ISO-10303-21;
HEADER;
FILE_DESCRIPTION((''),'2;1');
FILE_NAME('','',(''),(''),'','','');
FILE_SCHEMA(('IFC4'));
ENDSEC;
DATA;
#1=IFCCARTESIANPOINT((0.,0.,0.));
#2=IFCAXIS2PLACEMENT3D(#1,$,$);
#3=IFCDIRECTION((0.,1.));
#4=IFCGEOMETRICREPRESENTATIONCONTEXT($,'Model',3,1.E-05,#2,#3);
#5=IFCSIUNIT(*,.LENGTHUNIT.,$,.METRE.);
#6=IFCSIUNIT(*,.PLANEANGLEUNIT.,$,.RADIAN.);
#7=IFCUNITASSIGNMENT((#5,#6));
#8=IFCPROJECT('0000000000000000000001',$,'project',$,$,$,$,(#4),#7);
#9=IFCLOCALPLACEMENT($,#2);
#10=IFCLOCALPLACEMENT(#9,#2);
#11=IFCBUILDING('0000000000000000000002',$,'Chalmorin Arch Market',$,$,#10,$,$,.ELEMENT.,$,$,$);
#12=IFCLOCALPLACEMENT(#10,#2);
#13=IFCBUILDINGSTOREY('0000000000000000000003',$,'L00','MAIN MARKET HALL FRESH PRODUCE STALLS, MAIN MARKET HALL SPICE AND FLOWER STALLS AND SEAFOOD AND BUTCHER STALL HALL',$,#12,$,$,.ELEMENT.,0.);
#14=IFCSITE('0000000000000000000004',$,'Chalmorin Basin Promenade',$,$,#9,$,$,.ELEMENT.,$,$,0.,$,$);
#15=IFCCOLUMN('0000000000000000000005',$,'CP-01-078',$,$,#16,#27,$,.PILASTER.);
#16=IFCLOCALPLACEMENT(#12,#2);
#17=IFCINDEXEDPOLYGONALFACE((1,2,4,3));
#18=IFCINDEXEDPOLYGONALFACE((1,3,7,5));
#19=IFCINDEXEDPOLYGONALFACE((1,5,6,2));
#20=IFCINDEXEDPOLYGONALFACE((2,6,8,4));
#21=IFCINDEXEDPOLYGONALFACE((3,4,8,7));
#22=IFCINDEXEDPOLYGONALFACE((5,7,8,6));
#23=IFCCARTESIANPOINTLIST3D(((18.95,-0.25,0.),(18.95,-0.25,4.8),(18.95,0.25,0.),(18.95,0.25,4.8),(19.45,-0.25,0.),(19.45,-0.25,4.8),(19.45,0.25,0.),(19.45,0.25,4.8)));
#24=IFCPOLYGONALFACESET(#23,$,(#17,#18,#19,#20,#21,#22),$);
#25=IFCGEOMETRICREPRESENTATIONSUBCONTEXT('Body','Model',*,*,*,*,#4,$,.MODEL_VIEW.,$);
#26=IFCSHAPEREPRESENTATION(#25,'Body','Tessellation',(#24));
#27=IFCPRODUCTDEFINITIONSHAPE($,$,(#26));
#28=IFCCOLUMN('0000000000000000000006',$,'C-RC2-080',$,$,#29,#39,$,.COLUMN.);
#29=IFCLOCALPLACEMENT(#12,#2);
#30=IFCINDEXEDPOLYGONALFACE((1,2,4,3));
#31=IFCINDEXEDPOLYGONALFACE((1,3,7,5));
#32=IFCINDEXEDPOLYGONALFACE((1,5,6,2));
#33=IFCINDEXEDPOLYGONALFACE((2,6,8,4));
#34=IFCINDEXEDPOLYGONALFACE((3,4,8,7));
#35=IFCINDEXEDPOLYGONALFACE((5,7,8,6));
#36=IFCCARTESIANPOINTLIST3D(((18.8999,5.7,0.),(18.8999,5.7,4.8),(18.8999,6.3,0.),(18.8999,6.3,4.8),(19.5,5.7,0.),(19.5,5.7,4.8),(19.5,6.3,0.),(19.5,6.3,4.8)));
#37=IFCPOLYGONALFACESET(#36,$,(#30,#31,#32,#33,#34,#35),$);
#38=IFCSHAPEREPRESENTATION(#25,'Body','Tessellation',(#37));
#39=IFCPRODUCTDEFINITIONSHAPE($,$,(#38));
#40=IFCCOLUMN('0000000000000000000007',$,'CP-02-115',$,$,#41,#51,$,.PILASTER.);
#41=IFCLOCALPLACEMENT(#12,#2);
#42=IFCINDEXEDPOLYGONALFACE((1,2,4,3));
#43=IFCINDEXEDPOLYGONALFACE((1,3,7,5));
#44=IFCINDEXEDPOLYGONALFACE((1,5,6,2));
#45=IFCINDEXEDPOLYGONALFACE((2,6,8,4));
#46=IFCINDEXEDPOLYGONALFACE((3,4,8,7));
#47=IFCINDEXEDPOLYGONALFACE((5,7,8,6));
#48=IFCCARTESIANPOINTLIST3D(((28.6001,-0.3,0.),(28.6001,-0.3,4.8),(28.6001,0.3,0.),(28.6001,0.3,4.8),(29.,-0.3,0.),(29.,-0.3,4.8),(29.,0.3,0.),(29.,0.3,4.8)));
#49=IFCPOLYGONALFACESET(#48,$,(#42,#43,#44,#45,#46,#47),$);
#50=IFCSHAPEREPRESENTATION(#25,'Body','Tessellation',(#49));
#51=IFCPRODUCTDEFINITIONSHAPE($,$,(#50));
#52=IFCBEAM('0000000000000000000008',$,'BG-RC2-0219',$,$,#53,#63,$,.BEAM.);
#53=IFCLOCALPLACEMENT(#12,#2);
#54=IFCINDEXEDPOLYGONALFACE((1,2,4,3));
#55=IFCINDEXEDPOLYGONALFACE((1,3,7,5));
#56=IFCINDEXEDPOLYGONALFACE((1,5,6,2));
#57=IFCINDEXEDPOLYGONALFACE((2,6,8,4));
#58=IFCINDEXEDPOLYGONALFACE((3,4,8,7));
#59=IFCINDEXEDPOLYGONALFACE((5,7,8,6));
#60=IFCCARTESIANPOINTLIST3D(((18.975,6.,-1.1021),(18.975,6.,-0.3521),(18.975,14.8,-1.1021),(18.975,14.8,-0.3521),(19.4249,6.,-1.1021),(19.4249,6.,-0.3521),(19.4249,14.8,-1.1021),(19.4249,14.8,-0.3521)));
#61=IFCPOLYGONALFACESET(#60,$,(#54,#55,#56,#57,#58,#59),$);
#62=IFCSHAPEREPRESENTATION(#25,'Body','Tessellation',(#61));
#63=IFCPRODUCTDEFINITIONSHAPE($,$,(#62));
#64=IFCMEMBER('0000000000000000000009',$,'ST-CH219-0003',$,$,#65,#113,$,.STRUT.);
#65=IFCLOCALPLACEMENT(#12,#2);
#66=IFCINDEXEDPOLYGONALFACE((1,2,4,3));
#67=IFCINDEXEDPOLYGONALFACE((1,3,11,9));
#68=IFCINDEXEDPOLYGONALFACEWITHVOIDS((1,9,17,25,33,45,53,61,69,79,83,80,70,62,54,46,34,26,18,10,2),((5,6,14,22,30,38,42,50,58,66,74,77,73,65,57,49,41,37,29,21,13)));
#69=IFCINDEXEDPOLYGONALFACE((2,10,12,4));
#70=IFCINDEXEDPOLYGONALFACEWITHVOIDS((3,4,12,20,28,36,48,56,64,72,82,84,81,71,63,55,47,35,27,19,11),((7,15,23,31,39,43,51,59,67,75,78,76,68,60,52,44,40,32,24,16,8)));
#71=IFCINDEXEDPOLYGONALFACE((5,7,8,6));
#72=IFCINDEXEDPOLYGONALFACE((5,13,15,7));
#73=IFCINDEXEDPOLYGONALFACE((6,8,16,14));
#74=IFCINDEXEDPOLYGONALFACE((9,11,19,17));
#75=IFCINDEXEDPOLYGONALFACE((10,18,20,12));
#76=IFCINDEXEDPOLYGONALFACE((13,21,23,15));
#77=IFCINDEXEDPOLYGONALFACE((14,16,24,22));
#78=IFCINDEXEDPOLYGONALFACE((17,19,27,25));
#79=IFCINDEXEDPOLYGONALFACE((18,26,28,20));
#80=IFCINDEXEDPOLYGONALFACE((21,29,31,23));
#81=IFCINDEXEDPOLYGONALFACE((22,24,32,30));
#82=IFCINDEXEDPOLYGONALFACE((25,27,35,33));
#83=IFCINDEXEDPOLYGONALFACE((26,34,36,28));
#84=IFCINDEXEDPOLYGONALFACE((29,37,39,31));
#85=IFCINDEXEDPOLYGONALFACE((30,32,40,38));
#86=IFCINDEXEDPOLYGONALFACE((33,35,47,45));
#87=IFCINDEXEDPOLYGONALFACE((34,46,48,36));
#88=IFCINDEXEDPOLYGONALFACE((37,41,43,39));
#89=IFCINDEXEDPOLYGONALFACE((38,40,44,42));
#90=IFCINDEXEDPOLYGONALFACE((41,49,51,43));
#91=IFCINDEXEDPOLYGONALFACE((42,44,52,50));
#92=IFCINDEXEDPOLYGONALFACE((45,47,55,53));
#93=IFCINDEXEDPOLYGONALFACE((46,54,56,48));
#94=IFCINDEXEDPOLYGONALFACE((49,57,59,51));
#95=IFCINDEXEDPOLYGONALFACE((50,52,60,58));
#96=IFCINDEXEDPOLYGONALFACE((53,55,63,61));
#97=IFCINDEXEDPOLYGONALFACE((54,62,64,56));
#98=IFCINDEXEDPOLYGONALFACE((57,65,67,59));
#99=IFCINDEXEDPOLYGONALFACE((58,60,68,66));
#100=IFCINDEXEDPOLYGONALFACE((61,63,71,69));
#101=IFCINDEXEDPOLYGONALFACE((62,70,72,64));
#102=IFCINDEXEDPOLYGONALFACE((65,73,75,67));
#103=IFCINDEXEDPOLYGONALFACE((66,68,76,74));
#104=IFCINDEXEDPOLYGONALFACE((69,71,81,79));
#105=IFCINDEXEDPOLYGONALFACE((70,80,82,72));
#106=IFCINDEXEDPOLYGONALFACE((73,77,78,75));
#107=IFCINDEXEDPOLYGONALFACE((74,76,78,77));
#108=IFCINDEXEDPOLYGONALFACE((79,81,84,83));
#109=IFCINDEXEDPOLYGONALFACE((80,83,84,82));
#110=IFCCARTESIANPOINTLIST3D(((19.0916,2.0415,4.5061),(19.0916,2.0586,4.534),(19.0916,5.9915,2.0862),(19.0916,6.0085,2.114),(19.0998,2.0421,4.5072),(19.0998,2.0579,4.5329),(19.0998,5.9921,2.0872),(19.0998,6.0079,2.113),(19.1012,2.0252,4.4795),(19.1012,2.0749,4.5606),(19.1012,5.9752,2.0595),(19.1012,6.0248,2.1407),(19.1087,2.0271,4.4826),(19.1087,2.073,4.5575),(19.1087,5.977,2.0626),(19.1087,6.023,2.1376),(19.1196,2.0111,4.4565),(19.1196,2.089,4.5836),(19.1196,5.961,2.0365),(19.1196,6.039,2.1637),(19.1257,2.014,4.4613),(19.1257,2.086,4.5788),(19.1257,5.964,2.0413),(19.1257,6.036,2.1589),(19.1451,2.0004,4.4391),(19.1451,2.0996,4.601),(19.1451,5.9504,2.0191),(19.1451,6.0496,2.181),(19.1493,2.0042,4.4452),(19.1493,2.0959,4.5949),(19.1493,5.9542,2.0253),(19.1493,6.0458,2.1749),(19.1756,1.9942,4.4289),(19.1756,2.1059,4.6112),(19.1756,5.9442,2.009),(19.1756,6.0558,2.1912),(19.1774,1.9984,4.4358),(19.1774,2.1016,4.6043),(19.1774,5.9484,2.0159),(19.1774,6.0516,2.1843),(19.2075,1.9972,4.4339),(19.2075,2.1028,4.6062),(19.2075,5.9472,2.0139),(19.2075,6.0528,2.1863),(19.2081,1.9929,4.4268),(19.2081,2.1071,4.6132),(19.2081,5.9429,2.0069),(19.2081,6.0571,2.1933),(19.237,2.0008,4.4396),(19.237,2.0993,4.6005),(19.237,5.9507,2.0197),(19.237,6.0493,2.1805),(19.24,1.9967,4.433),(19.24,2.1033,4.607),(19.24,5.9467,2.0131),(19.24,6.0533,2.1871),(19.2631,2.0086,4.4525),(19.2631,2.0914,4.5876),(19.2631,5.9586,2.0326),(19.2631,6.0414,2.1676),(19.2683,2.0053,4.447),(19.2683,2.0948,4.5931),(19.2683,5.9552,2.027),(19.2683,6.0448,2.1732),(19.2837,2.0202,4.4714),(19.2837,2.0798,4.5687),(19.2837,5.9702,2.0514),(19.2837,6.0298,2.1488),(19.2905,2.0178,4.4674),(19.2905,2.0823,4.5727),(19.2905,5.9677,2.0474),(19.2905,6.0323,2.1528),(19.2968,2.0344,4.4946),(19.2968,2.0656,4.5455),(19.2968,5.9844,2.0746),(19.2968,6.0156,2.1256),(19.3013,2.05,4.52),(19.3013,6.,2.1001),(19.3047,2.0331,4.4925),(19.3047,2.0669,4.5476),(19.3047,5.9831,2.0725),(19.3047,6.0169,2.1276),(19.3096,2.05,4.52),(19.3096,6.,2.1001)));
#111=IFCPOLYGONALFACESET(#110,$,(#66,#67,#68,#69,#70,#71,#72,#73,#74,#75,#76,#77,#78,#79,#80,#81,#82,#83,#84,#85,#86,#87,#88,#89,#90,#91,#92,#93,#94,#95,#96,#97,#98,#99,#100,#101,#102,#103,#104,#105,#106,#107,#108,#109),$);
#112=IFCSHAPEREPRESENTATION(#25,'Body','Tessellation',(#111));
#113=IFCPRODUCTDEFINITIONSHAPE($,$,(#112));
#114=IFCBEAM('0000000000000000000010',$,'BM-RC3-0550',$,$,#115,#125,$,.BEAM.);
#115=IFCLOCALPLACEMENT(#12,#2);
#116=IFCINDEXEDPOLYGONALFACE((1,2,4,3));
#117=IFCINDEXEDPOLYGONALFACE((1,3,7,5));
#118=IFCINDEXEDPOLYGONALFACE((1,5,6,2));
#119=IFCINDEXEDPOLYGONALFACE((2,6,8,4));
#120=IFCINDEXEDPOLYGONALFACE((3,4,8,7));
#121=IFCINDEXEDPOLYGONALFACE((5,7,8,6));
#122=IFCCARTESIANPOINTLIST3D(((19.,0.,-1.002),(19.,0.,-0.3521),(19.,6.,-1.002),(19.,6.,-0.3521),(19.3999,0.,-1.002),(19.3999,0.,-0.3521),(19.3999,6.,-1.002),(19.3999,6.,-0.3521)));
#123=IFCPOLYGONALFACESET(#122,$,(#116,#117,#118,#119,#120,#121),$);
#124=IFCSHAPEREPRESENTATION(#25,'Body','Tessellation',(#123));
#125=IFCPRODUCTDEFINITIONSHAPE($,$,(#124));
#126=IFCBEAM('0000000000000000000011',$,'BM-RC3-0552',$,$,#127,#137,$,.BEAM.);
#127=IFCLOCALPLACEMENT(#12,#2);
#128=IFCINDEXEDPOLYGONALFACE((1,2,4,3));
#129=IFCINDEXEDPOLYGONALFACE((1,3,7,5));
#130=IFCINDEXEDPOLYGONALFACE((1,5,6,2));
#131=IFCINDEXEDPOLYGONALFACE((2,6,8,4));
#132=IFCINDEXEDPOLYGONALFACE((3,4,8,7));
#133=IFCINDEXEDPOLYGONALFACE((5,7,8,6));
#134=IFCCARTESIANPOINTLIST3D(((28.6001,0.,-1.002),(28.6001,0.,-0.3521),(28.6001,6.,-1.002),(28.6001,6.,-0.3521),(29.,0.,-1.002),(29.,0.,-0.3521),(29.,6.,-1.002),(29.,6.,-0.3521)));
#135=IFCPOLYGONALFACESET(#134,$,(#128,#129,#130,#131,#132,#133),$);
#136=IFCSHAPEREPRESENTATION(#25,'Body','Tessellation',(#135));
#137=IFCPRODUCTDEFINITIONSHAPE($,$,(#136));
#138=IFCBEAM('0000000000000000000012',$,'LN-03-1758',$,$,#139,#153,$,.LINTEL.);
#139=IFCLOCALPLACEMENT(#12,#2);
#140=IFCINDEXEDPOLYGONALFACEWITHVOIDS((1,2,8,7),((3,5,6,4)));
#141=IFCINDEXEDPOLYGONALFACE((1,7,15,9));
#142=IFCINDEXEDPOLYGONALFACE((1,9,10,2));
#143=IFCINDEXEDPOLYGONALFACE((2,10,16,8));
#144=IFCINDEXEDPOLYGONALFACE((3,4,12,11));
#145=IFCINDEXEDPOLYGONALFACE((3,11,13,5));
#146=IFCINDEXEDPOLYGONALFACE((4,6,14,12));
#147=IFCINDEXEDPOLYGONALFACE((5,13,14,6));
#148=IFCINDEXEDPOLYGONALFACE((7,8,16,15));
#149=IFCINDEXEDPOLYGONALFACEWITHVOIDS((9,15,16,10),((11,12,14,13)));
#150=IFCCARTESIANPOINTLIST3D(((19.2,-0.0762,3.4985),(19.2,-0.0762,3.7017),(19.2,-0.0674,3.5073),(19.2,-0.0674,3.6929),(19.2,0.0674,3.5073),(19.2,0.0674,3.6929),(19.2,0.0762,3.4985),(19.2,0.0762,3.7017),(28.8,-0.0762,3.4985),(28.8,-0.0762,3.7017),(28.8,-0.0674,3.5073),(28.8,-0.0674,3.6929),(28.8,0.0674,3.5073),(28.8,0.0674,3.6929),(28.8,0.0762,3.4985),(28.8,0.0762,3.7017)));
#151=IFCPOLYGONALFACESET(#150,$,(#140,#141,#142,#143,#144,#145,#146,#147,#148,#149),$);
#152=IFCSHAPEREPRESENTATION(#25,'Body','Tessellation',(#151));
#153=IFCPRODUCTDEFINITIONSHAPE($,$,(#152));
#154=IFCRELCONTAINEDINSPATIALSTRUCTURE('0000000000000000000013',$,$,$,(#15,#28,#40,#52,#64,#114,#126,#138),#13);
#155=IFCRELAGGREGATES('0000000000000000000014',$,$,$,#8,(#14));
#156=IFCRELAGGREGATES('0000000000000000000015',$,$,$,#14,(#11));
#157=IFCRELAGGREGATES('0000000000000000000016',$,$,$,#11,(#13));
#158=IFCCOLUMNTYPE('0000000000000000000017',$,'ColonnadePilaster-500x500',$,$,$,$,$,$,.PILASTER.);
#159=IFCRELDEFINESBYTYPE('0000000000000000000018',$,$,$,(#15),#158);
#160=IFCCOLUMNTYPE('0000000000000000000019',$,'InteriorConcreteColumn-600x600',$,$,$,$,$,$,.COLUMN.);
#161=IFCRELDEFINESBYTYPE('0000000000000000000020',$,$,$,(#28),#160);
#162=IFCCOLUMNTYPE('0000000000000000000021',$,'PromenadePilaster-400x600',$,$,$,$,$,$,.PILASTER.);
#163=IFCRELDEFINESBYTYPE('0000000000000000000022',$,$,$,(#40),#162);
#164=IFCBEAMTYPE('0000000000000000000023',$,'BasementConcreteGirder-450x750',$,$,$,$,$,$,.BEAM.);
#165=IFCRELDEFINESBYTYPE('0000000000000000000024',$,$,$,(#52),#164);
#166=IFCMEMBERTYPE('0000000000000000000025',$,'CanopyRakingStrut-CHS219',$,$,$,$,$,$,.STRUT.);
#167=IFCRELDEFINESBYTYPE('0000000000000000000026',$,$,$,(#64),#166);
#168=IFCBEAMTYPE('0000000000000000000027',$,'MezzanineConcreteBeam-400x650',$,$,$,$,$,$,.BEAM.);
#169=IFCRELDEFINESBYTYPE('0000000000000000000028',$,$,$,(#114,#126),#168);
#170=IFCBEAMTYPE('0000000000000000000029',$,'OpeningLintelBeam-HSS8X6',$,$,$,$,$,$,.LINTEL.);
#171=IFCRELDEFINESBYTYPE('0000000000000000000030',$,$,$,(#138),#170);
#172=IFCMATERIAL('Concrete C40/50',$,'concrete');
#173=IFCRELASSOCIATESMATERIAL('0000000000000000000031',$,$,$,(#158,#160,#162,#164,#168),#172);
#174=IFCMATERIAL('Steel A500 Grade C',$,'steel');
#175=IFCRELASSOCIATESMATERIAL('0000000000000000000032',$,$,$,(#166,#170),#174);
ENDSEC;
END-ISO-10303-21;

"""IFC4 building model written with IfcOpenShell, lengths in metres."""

from ifc_helpers import new_model, si_unit, direction, frame, origin, origin_2d, place, context, subcontext, project, spatial, rectangle, hollow_rectangle, hollow_circle, extrude, material, material_profile, profile_set, type_object, element, save


model = new_model("IFC4")

# Units and contexts
model_context = context("Model", 3, precision=1e-05, world=origin(), true_north=direction((0.0, 1.0)))
body_context = subcontext(model_context, "Body", "Model", "MODEL_VIEW")
ifc_project = project(units=[si_unit("LENGTHUNIT", "METRE"), si_unit("PLANEANGLEUNIT", "RADIAN")], contexts=[model_context])

# Site, building, storey
site_placement = place(None, origin())
site = spatial("IfcSite", under=ifc_project, at=site_placement, Name="Chalmorin Basin Promenade", CompositionType="ELEMENT", RefElevation=0.0)
building_placement = place(site_placement, origin())
building = spatial("IfcBuilding", under=site, at=building_placement, Name="Chalmorin Arch Market", CompositionType="ELEMENT")
storey_placement = place(building_placement, origin())
storey = spatial("IfcBuildingStorey", under=building, at=storey_placement, Name="L00", Description="MAIN MARKET HALL FRESH PRODUCE STALLS, MAIN MARKET HALL SPICE AND FLOWER STALLS AND SEAFOOD AND BUTCHER STALL HALL", CompositionType="ELEMENT", Elevation=0.0)

# Columns
ifc_material_1 = material(Name="Concrete C40/50", Category="concrete")
ifc_material_profile_1 = material_profile(ifc_material_1, rectangle(XDim=0.5, YDim=0.5, at=origin_2d()), Name="RC500X500")
ifc_profile_set_1 = profile_set([ifc_material_profile_1], Name="Concrete C40/50")
column_type_1 = type_object("IfcColumnType", Name="ColonnadePilaster-500x500", PredefinedType="PILASTER", material=ifc_profile_set_1)
column_1_placement = place(storey_placement, frame((19.2, 0.0, 0.0), z_axis=(0.0, 0.0, 1.0), x_axis=(1.0, 0.0, 0.0)))
element("IfcColumn", 1, at=column_1_placement, inside=storey, type_object=column_type_1, Name="CP-01-078", PredefinedType="PILASTER", context=body_context, shape_type="SweptSolid", body=[
    extrude(rectangle(XDim=0.5, YDim=0.5, at=origin_2d()), origin(), (0.0, 0.0, 1.0), 4.8),
])
ifc_material_profile_2 = material_profile(ifc_material_1, rectangle(XDim=0.6001, YDim=0.6001, at=origin_2d()), Name="RC600X600")
ifc_profile_set_2 = profile_set([ifc_material_profile_2], Name="Concrete C40/50")
column_type_2 = type_object("IfcColumnType", Name="InteriorConcreteColumn-600x600", PredefinedType="COLUMN", material=ifc_profile_set_2)
column_2_placement = place(storey_placement, frame((19.2, 6.0, 0.0), z_axis=(0.0, 0.0, 1.0), x_axis=(1.0, 0.0, 0.0)))
element("IfcColumn", 2, at=column_2_placement, inside=storey, type_object=column_type_2, Name="C-RC2-080", PredefinedType="COLUMN", context=body_context, shape_type="SweptSolid", body=[
    extrude(rectangle(XDim=0.6001, YDim=0.6001, at=origin_2d()), origin(), (0.0, 0.0, 1.0), 4.8),
])
ifc_material_profile_3 = material_profile(ifc_material_1, rectangle(XDim=0.3999, YDim=0.6001, at=origin_2d()), Name="RC400X600")
ifc_profile_set_3 = profile_set([ifc_material_profile_3], Name="Concrete C40/50")
column_type_3 = type_object("IfcColumnType", Name="PromenadePilaster-400x600", PredefinedType="PILASTER", material=ifc_profile_set_3)
column_3_placement = place(storey_placement, frame((28.8, 0.0, 0.0), z_axis=(0.0, 0.0, 1.0), x_axis=(1.0, 0.0, 0.0)))
element("IfcColumn", 3, at=column_3_placement, inside=storey, type_object=column_type_3, Name="CP-02-115", PredefinedType="PILASTER", context=body_context, shape_type="SweptSolid", body=[
    extrude(rectangle(XDim=0.3999, YDim=0.6001, at=origin_2d()), origin(), (0.0, 0.0, 1.0), 4.8),
])

# Beam
ifc_material_profile_4 = material_profile(ifc_material_1, rectangle(XDim=0.45, YDim=0.75, at=origin_2d()), Name="RC450X750")
ifc_profile_set_4 = profile_set([ifc_material_profile_4], Name="Concrete C40/50")
beam_type_1 = type_object("IfcBeamType", Name="BasementConcreteGirder-450x750", PredefinedType="BEAM", material=ifc_profile_set_4)
beam_1_placement = place(storey_placement, frame((19.2, 6.0, -0.7271), z_axis=(0.0, 1.0, 0.0), x_axis=(-1.0, 0.0, 0.0)))
element("IfcBeam", 4, at=beam_1_placement, inside=storey, type_object=beam_type_1, Name="BG-RC2-0219", PredefinedType="BEAM", context=body_context, shape_type="SweptSolid", body=[
    extrude(rectangle(XDim=0.45, YDim=0.75, at=origin_2d()), origin(), (0.0, 0.0, 1.0), 8.8),
])

# Member
ifc_material_2 = material(Name="Steel A500 Grade C", Category="steel")
ifc_material_profile_5 = material_profile(ifc_material_2, hollow_circle(Radius=0.1096, WallThickness=0.0083, at=origin_2d()), Name="CHS219X8")
ifc_profile_set_5 = profile_set([ifc_material_profile_5], Name="Steel A500 Grade C")
member_type = type_object("IfcMemberType", Name="CanopyRakingStrut-CHS219", PredefinedType="STRUT", material=ifc_profile_set_5)
member_placement = place(storey_placement, frame((19.2, 6.0, 2.1001), z_axis=(0.0, -0.852699, 0.522403), x_axis=(1.0, 0.0, 0.0)))
element("IfcMember", 5, at=member_placement, inside=storey, type_object=member_type, Name="ST-CH219-0003", PredefinedType="STRUT", context=body_context, shape_type="SweptSolid", body=[
    extrude(hollow_circle(Radius=0.1096, WallThickness=0.0083, at=origin_2d()), origin(), (0.0, 0.0, 1.0), 4.6323),
])

# Beams
ifc_material_profile_6 = material_profile(ifc_material_1, rectangle(XDim=0.3999, YDim=0.6499, at=origin_2d()), Name="RC400X650")
ifc_profile_set_6 = profile_set([ifc_material_profile_6], Name="Concrete C40/50")
beam_type_2 = type_object("IfcBeamType", Name="MezzanineConcreteBeam-400x650", PredefinedType="BEAM", material=ifc_profile_set_6)
for number, where, z_axis, x_axis, name in (
    (6, (19.2, 0.0, -0.677), (0.0, 1.0, 0.0), (-1.0, 0.0, 0.0), "BM-RC3-0550"),
    (7, (28.8, 0.0, -0.677), (0.0, 1.0, 0.0), (-1.0, 0.0, 0.0), "BM-RC3-0552"),
):
    element("IfcBeam", number, at=place(storey_placement, frame(where, z_axis=z_axis, x_axis=x_axis)), inside=storey, type_object=beam_type_2, Name=name, PredefinedType="BEAM", context=body_context, shape_type="SweptSolid", body=[
        extrude(rectangle(XDim=0.3999, YDim=0.6499, at=origin_2d()), origin(), (0.0, 0.0, 1.0), 6.0),
    ])
ifc_material_profile_7 = material_profile(ifc_material_2, hollow_rectangle(XDim=0.1523, YDim=0.2031, WallThickness=0.0088, at=origin_2d()), Name="HSS8X6X3/8")
ifc_profile_set_7 = profile_set([ifc_material_profile_7], Name="Steel A500 Grade C")
beam_type_3 = type_object("IfcBeamType", Name="OpeningLintelBeam-HSS8X6", PredefinedType="LINTEL", material=ifc_profile_set_7)
beam_2_placement = place(storey_placement, frame((19.2, 0.0, 3.6001), z_axis=(1.0, 0.0, 0.0), x_axis=(0.0, 1.0, 0.0)))
element("IfcBeam", 8, at=beam_2_placement, inside=storey, type_object=beam_type_3, Name="LN-03-1758", PredefinedType="LINTEL", context=body_context, shape_type="SweptSolid", body=[
    extrude(hollow_rectangle(XDim=0.1523, YDim=0.2031, WallThickness=0.0088, at=origin_2d()), origin(), (0.0, 0.0, 1.0), 9.6001),
])

save(model, "model.ifc")
